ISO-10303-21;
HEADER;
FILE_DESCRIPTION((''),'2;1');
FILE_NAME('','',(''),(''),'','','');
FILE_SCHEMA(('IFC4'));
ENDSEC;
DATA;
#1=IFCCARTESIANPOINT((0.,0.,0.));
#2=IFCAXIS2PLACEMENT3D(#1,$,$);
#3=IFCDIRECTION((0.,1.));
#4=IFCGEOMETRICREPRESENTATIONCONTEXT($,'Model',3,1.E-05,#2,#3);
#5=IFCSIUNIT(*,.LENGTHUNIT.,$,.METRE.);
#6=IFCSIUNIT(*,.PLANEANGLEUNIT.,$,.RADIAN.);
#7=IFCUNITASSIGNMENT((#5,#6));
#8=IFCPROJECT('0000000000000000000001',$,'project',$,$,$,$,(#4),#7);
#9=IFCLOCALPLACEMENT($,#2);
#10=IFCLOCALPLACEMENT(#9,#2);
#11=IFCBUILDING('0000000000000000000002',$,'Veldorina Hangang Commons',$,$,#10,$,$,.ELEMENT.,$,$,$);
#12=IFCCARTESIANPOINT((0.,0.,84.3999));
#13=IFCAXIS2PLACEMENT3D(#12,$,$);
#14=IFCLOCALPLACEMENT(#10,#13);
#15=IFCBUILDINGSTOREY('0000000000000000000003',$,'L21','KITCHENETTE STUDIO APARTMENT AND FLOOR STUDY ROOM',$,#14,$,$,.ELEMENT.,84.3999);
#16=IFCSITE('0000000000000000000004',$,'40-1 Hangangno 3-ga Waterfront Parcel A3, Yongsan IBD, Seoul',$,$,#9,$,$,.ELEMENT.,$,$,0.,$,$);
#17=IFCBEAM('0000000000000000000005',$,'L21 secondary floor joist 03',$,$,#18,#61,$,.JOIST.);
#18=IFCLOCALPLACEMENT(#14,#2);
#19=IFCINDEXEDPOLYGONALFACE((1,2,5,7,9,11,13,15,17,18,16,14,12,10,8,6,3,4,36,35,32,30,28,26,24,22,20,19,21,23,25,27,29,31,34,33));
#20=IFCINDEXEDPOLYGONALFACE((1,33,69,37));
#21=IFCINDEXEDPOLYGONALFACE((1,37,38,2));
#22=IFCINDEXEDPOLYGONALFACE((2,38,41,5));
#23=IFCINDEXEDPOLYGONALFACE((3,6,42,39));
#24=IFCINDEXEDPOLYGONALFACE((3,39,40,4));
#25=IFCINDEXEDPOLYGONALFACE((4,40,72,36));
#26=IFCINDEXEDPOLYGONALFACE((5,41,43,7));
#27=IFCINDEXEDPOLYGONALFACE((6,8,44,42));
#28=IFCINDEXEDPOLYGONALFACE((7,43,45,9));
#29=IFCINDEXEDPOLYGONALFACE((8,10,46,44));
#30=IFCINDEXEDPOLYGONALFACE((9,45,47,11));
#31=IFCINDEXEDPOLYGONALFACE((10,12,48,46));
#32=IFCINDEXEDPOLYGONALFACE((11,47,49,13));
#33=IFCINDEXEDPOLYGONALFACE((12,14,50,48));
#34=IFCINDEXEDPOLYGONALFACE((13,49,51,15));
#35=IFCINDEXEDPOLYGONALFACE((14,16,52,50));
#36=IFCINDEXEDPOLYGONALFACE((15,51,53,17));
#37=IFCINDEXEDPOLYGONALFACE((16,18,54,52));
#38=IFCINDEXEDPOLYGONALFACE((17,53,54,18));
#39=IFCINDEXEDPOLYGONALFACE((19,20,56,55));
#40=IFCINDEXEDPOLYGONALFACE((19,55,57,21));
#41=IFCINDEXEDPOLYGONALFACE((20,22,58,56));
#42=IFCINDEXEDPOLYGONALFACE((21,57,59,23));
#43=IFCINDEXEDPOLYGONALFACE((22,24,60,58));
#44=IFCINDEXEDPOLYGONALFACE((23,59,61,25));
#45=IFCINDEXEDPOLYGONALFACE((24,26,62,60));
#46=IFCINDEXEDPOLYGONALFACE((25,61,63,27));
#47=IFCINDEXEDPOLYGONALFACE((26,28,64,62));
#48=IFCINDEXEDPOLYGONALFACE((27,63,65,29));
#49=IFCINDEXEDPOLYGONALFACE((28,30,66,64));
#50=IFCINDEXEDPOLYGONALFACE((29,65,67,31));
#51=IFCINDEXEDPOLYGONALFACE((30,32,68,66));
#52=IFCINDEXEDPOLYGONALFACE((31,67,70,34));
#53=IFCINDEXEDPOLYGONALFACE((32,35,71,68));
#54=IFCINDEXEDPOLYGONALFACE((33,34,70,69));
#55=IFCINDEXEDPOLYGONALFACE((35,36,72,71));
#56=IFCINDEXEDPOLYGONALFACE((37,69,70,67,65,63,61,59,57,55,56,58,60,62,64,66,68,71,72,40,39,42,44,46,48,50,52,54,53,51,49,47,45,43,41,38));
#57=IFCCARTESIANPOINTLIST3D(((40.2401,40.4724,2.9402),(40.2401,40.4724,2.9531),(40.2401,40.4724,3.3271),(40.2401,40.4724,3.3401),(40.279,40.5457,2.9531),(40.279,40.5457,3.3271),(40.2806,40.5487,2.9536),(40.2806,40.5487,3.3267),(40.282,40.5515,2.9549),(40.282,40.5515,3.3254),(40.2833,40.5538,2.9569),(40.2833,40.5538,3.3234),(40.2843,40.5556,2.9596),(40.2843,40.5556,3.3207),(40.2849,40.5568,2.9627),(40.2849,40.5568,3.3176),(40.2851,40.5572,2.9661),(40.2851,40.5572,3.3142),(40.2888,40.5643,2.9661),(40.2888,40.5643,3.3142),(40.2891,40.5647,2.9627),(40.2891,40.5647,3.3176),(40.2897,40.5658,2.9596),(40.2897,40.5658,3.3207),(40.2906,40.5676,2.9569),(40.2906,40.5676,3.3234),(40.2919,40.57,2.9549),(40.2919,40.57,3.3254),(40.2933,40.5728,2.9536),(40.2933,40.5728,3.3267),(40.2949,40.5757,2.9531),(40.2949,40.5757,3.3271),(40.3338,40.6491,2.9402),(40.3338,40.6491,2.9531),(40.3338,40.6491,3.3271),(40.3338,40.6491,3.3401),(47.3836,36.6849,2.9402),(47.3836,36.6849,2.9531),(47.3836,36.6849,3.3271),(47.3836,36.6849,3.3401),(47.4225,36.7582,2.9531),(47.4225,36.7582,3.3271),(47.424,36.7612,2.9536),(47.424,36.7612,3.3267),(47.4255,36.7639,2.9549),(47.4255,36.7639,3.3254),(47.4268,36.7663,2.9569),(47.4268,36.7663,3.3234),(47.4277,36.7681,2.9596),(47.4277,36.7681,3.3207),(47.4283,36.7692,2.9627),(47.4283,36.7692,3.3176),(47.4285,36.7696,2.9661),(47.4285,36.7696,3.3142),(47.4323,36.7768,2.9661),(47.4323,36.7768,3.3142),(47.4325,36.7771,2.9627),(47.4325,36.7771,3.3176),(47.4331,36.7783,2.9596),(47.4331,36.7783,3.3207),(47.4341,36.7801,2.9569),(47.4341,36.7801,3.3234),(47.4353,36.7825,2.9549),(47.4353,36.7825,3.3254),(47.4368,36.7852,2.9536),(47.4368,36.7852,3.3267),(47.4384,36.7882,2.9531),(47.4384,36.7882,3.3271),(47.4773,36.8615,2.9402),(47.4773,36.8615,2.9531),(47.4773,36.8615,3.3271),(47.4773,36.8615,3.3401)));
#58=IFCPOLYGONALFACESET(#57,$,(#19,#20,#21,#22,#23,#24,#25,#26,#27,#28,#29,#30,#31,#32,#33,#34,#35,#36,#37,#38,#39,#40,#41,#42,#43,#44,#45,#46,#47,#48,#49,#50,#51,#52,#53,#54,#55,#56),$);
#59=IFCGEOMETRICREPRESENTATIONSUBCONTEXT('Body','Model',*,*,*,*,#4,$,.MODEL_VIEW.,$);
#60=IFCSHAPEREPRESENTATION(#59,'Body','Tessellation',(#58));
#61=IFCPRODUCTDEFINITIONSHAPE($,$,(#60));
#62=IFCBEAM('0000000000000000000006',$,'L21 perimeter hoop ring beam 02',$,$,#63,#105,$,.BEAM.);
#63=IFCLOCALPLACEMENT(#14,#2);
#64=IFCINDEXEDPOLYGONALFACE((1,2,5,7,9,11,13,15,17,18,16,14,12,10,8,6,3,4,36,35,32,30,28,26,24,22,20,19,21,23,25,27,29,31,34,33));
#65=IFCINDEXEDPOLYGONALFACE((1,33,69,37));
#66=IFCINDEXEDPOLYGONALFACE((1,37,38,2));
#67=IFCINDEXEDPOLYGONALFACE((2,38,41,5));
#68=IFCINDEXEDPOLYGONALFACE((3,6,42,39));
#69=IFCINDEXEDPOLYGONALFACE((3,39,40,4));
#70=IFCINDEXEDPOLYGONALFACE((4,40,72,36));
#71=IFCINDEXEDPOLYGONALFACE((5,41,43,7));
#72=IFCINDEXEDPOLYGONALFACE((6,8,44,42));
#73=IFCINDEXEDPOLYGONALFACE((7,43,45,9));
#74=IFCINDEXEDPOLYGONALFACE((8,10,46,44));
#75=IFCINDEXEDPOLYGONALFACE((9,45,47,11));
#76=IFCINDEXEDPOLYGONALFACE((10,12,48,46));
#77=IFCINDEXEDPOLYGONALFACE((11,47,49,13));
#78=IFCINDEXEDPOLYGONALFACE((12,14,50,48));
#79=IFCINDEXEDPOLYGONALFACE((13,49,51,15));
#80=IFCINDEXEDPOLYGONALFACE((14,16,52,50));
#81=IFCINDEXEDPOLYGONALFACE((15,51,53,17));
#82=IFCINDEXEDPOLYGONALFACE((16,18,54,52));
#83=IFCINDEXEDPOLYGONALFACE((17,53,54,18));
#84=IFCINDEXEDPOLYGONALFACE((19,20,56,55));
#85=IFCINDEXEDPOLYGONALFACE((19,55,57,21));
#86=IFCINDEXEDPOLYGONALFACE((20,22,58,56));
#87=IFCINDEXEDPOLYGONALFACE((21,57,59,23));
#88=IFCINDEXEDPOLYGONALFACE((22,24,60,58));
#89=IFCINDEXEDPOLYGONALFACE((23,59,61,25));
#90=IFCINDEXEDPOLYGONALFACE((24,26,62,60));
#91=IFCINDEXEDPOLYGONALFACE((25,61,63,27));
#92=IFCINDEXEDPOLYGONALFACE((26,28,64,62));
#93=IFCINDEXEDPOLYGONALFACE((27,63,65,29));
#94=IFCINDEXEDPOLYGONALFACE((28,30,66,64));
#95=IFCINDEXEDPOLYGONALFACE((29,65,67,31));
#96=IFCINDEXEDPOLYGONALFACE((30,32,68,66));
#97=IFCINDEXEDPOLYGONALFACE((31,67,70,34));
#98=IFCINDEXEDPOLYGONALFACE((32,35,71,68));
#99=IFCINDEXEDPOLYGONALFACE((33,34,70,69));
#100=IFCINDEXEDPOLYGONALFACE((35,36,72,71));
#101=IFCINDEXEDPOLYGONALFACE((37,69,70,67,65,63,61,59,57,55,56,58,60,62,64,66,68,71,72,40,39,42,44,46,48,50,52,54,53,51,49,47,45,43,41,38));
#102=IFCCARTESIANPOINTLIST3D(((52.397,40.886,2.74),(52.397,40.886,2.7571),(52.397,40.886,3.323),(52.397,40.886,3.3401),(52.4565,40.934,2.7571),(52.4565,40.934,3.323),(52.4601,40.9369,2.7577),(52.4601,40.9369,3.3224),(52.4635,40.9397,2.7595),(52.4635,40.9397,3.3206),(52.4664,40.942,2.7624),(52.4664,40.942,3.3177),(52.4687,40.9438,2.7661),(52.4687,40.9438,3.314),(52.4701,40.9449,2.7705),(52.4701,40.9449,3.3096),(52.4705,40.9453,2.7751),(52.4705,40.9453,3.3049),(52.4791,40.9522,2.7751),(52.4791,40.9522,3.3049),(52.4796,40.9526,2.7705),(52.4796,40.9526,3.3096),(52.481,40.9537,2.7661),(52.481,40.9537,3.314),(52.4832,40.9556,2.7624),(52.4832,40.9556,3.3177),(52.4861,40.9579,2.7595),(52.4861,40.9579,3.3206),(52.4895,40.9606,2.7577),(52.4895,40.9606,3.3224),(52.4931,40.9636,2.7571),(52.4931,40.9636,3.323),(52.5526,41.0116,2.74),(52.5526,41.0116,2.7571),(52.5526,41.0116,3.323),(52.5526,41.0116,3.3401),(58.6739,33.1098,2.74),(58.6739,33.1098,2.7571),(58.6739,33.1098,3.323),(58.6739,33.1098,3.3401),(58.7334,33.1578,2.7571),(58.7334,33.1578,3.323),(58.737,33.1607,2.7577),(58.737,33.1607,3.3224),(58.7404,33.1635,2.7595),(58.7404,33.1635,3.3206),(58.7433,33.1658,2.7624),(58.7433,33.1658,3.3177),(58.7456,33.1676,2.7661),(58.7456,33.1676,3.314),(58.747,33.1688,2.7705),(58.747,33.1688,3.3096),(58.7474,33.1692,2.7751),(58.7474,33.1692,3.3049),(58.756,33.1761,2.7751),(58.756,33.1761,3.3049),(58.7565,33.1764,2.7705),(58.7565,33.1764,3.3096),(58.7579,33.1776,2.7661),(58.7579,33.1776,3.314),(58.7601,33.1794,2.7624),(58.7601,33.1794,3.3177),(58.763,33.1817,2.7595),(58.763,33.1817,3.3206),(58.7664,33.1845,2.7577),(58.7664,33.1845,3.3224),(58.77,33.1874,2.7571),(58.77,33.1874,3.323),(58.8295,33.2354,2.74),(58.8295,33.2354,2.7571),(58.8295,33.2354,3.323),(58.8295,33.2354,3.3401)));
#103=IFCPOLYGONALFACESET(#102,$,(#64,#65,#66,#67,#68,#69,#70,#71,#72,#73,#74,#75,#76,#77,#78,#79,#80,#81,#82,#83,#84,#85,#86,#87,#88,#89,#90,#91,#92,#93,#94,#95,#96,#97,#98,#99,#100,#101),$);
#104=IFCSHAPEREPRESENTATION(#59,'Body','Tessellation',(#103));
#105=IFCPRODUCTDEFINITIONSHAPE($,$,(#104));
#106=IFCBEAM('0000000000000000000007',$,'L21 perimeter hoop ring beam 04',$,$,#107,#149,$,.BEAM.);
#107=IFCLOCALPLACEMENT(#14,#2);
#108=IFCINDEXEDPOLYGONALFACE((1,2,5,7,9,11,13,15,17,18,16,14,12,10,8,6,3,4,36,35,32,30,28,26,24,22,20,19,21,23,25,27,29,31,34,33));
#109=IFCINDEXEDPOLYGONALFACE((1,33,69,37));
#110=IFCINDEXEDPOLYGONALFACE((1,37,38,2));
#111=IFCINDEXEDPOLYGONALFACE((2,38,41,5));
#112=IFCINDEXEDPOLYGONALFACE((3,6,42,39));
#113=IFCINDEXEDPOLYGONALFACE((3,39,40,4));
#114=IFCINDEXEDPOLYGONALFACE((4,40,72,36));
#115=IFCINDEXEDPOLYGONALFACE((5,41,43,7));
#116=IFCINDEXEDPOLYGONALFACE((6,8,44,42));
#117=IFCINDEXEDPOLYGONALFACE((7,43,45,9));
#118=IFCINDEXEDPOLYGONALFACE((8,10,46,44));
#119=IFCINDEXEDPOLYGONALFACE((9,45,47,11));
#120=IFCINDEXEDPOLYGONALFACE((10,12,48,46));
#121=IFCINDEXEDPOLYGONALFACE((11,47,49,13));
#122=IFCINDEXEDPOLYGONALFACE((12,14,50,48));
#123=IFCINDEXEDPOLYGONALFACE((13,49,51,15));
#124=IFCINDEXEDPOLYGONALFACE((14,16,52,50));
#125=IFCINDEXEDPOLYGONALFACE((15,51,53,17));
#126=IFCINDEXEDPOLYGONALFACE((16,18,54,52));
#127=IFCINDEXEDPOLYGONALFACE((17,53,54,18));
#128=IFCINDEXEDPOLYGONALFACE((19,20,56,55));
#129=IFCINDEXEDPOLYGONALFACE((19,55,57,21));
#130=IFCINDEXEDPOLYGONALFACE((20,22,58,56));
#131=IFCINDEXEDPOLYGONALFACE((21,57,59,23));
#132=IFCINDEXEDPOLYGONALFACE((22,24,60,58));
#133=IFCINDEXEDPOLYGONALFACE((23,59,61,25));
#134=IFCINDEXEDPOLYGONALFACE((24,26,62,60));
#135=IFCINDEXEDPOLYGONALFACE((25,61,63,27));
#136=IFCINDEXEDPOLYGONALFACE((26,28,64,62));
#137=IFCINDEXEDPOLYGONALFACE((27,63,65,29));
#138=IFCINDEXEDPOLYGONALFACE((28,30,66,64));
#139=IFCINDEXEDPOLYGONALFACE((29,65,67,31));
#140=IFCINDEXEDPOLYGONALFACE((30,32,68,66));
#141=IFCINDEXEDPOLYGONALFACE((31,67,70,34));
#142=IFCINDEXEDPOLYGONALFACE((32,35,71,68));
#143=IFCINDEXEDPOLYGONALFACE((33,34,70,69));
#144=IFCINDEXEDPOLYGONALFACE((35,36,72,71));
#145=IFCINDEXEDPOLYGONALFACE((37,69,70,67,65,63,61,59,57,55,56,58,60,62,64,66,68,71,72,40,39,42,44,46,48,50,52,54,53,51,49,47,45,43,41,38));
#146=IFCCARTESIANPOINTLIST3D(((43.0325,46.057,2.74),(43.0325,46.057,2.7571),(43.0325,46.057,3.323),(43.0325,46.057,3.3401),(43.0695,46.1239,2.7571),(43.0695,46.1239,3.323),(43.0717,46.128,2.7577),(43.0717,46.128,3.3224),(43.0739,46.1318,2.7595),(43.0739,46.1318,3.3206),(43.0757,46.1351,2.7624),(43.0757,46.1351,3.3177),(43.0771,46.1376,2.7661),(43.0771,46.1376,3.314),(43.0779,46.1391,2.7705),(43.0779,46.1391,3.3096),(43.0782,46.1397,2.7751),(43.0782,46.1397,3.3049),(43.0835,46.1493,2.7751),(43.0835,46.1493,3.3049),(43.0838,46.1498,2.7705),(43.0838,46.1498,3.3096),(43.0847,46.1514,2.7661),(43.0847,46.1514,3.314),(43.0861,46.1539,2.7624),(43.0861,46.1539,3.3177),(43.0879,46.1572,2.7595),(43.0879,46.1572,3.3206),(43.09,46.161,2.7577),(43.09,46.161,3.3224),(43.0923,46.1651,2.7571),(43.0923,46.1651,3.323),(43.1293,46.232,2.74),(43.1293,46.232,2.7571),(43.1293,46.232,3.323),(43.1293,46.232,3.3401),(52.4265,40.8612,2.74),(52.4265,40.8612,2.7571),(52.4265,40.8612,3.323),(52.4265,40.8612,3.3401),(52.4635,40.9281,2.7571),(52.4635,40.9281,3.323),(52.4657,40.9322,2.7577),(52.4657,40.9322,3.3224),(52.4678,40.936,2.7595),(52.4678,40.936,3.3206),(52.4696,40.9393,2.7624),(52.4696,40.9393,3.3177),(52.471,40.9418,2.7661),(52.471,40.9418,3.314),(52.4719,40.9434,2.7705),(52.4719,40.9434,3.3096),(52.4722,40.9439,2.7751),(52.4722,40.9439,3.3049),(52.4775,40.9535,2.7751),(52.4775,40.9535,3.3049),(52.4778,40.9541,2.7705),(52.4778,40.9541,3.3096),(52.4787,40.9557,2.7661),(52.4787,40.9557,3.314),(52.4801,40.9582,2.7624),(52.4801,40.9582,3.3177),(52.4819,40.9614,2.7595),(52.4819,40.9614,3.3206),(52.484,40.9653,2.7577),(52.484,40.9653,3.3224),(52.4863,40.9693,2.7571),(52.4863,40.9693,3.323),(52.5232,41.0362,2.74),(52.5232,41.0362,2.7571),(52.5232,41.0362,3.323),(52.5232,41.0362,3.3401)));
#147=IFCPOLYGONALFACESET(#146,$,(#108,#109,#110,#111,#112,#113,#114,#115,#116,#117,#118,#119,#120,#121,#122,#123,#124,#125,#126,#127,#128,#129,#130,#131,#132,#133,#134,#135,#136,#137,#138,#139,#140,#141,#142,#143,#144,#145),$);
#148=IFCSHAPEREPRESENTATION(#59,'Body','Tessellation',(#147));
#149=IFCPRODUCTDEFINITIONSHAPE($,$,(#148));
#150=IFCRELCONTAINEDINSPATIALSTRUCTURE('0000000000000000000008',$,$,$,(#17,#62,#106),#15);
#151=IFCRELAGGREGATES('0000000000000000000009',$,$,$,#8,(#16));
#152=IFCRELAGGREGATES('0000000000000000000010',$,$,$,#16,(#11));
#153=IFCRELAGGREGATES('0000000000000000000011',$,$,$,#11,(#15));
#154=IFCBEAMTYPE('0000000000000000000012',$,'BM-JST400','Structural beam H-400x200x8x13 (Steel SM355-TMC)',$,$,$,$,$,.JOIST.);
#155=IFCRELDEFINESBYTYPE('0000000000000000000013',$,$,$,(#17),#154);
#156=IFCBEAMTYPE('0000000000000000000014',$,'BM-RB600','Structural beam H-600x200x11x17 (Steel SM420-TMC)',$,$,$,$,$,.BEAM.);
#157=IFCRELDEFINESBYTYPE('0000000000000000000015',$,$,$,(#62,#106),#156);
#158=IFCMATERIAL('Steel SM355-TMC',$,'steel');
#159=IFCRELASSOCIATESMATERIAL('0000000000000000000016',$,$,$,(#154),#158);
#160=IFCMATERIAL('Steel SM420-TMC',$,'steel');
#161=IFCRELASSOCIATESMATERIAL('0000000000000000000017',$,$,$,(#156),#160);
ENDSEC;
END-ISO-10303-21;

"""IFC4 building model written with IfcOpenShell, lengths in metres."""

from ifc_helpers import new_model, si_unit, direction, frame, origin, origin_2d, place, context, subcontext, project, spatial, i_section, extrude, material, material_profile, profile_set, type_object, element, save


model = new_model("IFC4")

# Units and contexts
model_context = context("Model", 3, precision=1e-05, world=origin(), true_north=direction((0.0, 1.0)))
body_context = subcontext(model_context, "Body", "Model", "MODEL_VIEW")
ifc_project = project(units=[si_unit("LENGTHUNIT", "METRE"), si_unit("PLANEANGLEUNIT", "RADIAN")], contexts=[model_context])

# Site, building, storey
site_placement = place(None, origin())
site = spatial("IfcSite", under=ifc_project, at=site_placement, Name="40-1 Hangangno 3-ga Waterfront Parcel A3, Yongsan IBD, Seoul", CompositionType="ELEMENT", RefElevation=0.0)
building_placement = place(site_placement, origin())
building = spatial("IfcBuilding", under=site, at=building_placement, Name="Veldorina Hangang Commons", CompositionType="ELEMENT")
storey_placement = place(building_placement, frame((0.0, 0.0, 84.3999)))
storey = spatial("IfcBuildingStorey", under=building, at=storey_placement, Name="L21", Description="KITCHENETTE STUDIO APARTMENT AND FLOOR STUDY ROOM", CompositionType="ELEMENT", Elevation=84.3999)

# Beams
ifc_material_1 = material(Name="Steel SM355-TMC", Category="steel")
ifc_material_profile_1 = material_profile(ifc_material_1, i_section(OverallWidth=0.2, OverallDepth=0.3999, WebThickness=0.0081, FlangeThickness=0.0129, FilletRadius=0.0129, at=origin_2d()), Name="H-400x200x8x13")
ifc_profile_set_1 = profile_set([ifc_material_profile_1], Name="Steel SM355-TMC")
beam_type_1 = type_object("IfcBeamType", Name="BM-JST400", Description="Structural beam H-400x200x8x13 (Steel SM355-TMC)", PredefinedType="JOIST", material=ifc_profile_set_1)
beam_1_placement = place(storey_placement, frame((47.4304, 36.7732, 3.1401), z_axis=(-0.883495, 0.46844, 0.0), x_axis=(-0.46844, -0.883495, 0.0)))
element("IfcBeam", 1, at=beam_1_placement, inside=storey, type_object=beam_type_1, Name="L21 secondary floor joist 03", PredefinedType="JOIST", context=body_context, shape_type="SweptSolid", body=[
    extrude(i_section(OverallWidth=0.2, OverallDepth=0.3999, WebThickness=0.0081, FlangeThickness=0.0129, FilletRadius=0.0129, at=origin_2d()), origin(), (0.0, 0.0, 1.0), 8.0854),
])
ifc_material_2 = material(Name="Steel SM420-TMC", Category="steel")
ifc_material_profile_2 = material_profile(ifc_material_2, i_section(OverallWidth=0.2, OverallDepth=0.6001, WebThickness=0.011, FlangeThickness=0.0171, FilletRadius=0.0181, at=origin_2d()), Name="H-600x200x11x17")
ifc_profile_set_2 = profile_set([ifc_material_profile_2], Name="Steel SM420-TMC")
beam_type_2 = type_object("IfcBeamType", Name="BM-RB600", Description="Structural beam H-600x200x11x17 (Steel SM420-TMC)", PredefinedType="BEAM", material=ifc_profile_set_2)
beam_2_placement = place(storey_placement, frame((58.7517, 33.1726, 3.04), z_axis=(-0.628103, 0.77813, 0.0), x_axis=(-0.77813, -0.628103, 0.0)))
element("IfcBeam", 2, at=beam_2_placement, inside=storey, type_object=beam_type_2, Name="L21 perimeter hoop ring beam 02", PredefinedType="BEAM", context=body_context, shape_type="SweptSolid", body=[
    extrude(i_section(OverallWidth=0.2, OverallDepth=0.6001, WebThickness=0.011, FlangeThickness=0.0171, FilletRadius=0.0181, at=origin_2d()), origin(), (0.0, 0.0, 1.0), 9.9934),
])
beam_3_placement = place(storey_placement, frame((52.4749, 40.9487, 3.04), z_axis=(-0.87507, 0.483997, 0.0), x_axis=(-0.483997, -0.87507, 0.0)))
element("IfcBeam", 3, at=beam_3_placement, inside=storey, type_object=beam_type_2, Name="L21 perimeter hoop ring beam 04", PredefinedType="BEAM", context=body_context, shape_type="SweptSolid", body=[
    extrude(i_section(OverallWidth=0.2, OverallDepth=0.6001, WebThickness=0.011, FlangeThickness=0.0171, FilletRadius=0.0181, at=origin_2d()), origin(), (0.0, 0.0, 1.0), 10.7351),
])

save(model, "model.ifc")
